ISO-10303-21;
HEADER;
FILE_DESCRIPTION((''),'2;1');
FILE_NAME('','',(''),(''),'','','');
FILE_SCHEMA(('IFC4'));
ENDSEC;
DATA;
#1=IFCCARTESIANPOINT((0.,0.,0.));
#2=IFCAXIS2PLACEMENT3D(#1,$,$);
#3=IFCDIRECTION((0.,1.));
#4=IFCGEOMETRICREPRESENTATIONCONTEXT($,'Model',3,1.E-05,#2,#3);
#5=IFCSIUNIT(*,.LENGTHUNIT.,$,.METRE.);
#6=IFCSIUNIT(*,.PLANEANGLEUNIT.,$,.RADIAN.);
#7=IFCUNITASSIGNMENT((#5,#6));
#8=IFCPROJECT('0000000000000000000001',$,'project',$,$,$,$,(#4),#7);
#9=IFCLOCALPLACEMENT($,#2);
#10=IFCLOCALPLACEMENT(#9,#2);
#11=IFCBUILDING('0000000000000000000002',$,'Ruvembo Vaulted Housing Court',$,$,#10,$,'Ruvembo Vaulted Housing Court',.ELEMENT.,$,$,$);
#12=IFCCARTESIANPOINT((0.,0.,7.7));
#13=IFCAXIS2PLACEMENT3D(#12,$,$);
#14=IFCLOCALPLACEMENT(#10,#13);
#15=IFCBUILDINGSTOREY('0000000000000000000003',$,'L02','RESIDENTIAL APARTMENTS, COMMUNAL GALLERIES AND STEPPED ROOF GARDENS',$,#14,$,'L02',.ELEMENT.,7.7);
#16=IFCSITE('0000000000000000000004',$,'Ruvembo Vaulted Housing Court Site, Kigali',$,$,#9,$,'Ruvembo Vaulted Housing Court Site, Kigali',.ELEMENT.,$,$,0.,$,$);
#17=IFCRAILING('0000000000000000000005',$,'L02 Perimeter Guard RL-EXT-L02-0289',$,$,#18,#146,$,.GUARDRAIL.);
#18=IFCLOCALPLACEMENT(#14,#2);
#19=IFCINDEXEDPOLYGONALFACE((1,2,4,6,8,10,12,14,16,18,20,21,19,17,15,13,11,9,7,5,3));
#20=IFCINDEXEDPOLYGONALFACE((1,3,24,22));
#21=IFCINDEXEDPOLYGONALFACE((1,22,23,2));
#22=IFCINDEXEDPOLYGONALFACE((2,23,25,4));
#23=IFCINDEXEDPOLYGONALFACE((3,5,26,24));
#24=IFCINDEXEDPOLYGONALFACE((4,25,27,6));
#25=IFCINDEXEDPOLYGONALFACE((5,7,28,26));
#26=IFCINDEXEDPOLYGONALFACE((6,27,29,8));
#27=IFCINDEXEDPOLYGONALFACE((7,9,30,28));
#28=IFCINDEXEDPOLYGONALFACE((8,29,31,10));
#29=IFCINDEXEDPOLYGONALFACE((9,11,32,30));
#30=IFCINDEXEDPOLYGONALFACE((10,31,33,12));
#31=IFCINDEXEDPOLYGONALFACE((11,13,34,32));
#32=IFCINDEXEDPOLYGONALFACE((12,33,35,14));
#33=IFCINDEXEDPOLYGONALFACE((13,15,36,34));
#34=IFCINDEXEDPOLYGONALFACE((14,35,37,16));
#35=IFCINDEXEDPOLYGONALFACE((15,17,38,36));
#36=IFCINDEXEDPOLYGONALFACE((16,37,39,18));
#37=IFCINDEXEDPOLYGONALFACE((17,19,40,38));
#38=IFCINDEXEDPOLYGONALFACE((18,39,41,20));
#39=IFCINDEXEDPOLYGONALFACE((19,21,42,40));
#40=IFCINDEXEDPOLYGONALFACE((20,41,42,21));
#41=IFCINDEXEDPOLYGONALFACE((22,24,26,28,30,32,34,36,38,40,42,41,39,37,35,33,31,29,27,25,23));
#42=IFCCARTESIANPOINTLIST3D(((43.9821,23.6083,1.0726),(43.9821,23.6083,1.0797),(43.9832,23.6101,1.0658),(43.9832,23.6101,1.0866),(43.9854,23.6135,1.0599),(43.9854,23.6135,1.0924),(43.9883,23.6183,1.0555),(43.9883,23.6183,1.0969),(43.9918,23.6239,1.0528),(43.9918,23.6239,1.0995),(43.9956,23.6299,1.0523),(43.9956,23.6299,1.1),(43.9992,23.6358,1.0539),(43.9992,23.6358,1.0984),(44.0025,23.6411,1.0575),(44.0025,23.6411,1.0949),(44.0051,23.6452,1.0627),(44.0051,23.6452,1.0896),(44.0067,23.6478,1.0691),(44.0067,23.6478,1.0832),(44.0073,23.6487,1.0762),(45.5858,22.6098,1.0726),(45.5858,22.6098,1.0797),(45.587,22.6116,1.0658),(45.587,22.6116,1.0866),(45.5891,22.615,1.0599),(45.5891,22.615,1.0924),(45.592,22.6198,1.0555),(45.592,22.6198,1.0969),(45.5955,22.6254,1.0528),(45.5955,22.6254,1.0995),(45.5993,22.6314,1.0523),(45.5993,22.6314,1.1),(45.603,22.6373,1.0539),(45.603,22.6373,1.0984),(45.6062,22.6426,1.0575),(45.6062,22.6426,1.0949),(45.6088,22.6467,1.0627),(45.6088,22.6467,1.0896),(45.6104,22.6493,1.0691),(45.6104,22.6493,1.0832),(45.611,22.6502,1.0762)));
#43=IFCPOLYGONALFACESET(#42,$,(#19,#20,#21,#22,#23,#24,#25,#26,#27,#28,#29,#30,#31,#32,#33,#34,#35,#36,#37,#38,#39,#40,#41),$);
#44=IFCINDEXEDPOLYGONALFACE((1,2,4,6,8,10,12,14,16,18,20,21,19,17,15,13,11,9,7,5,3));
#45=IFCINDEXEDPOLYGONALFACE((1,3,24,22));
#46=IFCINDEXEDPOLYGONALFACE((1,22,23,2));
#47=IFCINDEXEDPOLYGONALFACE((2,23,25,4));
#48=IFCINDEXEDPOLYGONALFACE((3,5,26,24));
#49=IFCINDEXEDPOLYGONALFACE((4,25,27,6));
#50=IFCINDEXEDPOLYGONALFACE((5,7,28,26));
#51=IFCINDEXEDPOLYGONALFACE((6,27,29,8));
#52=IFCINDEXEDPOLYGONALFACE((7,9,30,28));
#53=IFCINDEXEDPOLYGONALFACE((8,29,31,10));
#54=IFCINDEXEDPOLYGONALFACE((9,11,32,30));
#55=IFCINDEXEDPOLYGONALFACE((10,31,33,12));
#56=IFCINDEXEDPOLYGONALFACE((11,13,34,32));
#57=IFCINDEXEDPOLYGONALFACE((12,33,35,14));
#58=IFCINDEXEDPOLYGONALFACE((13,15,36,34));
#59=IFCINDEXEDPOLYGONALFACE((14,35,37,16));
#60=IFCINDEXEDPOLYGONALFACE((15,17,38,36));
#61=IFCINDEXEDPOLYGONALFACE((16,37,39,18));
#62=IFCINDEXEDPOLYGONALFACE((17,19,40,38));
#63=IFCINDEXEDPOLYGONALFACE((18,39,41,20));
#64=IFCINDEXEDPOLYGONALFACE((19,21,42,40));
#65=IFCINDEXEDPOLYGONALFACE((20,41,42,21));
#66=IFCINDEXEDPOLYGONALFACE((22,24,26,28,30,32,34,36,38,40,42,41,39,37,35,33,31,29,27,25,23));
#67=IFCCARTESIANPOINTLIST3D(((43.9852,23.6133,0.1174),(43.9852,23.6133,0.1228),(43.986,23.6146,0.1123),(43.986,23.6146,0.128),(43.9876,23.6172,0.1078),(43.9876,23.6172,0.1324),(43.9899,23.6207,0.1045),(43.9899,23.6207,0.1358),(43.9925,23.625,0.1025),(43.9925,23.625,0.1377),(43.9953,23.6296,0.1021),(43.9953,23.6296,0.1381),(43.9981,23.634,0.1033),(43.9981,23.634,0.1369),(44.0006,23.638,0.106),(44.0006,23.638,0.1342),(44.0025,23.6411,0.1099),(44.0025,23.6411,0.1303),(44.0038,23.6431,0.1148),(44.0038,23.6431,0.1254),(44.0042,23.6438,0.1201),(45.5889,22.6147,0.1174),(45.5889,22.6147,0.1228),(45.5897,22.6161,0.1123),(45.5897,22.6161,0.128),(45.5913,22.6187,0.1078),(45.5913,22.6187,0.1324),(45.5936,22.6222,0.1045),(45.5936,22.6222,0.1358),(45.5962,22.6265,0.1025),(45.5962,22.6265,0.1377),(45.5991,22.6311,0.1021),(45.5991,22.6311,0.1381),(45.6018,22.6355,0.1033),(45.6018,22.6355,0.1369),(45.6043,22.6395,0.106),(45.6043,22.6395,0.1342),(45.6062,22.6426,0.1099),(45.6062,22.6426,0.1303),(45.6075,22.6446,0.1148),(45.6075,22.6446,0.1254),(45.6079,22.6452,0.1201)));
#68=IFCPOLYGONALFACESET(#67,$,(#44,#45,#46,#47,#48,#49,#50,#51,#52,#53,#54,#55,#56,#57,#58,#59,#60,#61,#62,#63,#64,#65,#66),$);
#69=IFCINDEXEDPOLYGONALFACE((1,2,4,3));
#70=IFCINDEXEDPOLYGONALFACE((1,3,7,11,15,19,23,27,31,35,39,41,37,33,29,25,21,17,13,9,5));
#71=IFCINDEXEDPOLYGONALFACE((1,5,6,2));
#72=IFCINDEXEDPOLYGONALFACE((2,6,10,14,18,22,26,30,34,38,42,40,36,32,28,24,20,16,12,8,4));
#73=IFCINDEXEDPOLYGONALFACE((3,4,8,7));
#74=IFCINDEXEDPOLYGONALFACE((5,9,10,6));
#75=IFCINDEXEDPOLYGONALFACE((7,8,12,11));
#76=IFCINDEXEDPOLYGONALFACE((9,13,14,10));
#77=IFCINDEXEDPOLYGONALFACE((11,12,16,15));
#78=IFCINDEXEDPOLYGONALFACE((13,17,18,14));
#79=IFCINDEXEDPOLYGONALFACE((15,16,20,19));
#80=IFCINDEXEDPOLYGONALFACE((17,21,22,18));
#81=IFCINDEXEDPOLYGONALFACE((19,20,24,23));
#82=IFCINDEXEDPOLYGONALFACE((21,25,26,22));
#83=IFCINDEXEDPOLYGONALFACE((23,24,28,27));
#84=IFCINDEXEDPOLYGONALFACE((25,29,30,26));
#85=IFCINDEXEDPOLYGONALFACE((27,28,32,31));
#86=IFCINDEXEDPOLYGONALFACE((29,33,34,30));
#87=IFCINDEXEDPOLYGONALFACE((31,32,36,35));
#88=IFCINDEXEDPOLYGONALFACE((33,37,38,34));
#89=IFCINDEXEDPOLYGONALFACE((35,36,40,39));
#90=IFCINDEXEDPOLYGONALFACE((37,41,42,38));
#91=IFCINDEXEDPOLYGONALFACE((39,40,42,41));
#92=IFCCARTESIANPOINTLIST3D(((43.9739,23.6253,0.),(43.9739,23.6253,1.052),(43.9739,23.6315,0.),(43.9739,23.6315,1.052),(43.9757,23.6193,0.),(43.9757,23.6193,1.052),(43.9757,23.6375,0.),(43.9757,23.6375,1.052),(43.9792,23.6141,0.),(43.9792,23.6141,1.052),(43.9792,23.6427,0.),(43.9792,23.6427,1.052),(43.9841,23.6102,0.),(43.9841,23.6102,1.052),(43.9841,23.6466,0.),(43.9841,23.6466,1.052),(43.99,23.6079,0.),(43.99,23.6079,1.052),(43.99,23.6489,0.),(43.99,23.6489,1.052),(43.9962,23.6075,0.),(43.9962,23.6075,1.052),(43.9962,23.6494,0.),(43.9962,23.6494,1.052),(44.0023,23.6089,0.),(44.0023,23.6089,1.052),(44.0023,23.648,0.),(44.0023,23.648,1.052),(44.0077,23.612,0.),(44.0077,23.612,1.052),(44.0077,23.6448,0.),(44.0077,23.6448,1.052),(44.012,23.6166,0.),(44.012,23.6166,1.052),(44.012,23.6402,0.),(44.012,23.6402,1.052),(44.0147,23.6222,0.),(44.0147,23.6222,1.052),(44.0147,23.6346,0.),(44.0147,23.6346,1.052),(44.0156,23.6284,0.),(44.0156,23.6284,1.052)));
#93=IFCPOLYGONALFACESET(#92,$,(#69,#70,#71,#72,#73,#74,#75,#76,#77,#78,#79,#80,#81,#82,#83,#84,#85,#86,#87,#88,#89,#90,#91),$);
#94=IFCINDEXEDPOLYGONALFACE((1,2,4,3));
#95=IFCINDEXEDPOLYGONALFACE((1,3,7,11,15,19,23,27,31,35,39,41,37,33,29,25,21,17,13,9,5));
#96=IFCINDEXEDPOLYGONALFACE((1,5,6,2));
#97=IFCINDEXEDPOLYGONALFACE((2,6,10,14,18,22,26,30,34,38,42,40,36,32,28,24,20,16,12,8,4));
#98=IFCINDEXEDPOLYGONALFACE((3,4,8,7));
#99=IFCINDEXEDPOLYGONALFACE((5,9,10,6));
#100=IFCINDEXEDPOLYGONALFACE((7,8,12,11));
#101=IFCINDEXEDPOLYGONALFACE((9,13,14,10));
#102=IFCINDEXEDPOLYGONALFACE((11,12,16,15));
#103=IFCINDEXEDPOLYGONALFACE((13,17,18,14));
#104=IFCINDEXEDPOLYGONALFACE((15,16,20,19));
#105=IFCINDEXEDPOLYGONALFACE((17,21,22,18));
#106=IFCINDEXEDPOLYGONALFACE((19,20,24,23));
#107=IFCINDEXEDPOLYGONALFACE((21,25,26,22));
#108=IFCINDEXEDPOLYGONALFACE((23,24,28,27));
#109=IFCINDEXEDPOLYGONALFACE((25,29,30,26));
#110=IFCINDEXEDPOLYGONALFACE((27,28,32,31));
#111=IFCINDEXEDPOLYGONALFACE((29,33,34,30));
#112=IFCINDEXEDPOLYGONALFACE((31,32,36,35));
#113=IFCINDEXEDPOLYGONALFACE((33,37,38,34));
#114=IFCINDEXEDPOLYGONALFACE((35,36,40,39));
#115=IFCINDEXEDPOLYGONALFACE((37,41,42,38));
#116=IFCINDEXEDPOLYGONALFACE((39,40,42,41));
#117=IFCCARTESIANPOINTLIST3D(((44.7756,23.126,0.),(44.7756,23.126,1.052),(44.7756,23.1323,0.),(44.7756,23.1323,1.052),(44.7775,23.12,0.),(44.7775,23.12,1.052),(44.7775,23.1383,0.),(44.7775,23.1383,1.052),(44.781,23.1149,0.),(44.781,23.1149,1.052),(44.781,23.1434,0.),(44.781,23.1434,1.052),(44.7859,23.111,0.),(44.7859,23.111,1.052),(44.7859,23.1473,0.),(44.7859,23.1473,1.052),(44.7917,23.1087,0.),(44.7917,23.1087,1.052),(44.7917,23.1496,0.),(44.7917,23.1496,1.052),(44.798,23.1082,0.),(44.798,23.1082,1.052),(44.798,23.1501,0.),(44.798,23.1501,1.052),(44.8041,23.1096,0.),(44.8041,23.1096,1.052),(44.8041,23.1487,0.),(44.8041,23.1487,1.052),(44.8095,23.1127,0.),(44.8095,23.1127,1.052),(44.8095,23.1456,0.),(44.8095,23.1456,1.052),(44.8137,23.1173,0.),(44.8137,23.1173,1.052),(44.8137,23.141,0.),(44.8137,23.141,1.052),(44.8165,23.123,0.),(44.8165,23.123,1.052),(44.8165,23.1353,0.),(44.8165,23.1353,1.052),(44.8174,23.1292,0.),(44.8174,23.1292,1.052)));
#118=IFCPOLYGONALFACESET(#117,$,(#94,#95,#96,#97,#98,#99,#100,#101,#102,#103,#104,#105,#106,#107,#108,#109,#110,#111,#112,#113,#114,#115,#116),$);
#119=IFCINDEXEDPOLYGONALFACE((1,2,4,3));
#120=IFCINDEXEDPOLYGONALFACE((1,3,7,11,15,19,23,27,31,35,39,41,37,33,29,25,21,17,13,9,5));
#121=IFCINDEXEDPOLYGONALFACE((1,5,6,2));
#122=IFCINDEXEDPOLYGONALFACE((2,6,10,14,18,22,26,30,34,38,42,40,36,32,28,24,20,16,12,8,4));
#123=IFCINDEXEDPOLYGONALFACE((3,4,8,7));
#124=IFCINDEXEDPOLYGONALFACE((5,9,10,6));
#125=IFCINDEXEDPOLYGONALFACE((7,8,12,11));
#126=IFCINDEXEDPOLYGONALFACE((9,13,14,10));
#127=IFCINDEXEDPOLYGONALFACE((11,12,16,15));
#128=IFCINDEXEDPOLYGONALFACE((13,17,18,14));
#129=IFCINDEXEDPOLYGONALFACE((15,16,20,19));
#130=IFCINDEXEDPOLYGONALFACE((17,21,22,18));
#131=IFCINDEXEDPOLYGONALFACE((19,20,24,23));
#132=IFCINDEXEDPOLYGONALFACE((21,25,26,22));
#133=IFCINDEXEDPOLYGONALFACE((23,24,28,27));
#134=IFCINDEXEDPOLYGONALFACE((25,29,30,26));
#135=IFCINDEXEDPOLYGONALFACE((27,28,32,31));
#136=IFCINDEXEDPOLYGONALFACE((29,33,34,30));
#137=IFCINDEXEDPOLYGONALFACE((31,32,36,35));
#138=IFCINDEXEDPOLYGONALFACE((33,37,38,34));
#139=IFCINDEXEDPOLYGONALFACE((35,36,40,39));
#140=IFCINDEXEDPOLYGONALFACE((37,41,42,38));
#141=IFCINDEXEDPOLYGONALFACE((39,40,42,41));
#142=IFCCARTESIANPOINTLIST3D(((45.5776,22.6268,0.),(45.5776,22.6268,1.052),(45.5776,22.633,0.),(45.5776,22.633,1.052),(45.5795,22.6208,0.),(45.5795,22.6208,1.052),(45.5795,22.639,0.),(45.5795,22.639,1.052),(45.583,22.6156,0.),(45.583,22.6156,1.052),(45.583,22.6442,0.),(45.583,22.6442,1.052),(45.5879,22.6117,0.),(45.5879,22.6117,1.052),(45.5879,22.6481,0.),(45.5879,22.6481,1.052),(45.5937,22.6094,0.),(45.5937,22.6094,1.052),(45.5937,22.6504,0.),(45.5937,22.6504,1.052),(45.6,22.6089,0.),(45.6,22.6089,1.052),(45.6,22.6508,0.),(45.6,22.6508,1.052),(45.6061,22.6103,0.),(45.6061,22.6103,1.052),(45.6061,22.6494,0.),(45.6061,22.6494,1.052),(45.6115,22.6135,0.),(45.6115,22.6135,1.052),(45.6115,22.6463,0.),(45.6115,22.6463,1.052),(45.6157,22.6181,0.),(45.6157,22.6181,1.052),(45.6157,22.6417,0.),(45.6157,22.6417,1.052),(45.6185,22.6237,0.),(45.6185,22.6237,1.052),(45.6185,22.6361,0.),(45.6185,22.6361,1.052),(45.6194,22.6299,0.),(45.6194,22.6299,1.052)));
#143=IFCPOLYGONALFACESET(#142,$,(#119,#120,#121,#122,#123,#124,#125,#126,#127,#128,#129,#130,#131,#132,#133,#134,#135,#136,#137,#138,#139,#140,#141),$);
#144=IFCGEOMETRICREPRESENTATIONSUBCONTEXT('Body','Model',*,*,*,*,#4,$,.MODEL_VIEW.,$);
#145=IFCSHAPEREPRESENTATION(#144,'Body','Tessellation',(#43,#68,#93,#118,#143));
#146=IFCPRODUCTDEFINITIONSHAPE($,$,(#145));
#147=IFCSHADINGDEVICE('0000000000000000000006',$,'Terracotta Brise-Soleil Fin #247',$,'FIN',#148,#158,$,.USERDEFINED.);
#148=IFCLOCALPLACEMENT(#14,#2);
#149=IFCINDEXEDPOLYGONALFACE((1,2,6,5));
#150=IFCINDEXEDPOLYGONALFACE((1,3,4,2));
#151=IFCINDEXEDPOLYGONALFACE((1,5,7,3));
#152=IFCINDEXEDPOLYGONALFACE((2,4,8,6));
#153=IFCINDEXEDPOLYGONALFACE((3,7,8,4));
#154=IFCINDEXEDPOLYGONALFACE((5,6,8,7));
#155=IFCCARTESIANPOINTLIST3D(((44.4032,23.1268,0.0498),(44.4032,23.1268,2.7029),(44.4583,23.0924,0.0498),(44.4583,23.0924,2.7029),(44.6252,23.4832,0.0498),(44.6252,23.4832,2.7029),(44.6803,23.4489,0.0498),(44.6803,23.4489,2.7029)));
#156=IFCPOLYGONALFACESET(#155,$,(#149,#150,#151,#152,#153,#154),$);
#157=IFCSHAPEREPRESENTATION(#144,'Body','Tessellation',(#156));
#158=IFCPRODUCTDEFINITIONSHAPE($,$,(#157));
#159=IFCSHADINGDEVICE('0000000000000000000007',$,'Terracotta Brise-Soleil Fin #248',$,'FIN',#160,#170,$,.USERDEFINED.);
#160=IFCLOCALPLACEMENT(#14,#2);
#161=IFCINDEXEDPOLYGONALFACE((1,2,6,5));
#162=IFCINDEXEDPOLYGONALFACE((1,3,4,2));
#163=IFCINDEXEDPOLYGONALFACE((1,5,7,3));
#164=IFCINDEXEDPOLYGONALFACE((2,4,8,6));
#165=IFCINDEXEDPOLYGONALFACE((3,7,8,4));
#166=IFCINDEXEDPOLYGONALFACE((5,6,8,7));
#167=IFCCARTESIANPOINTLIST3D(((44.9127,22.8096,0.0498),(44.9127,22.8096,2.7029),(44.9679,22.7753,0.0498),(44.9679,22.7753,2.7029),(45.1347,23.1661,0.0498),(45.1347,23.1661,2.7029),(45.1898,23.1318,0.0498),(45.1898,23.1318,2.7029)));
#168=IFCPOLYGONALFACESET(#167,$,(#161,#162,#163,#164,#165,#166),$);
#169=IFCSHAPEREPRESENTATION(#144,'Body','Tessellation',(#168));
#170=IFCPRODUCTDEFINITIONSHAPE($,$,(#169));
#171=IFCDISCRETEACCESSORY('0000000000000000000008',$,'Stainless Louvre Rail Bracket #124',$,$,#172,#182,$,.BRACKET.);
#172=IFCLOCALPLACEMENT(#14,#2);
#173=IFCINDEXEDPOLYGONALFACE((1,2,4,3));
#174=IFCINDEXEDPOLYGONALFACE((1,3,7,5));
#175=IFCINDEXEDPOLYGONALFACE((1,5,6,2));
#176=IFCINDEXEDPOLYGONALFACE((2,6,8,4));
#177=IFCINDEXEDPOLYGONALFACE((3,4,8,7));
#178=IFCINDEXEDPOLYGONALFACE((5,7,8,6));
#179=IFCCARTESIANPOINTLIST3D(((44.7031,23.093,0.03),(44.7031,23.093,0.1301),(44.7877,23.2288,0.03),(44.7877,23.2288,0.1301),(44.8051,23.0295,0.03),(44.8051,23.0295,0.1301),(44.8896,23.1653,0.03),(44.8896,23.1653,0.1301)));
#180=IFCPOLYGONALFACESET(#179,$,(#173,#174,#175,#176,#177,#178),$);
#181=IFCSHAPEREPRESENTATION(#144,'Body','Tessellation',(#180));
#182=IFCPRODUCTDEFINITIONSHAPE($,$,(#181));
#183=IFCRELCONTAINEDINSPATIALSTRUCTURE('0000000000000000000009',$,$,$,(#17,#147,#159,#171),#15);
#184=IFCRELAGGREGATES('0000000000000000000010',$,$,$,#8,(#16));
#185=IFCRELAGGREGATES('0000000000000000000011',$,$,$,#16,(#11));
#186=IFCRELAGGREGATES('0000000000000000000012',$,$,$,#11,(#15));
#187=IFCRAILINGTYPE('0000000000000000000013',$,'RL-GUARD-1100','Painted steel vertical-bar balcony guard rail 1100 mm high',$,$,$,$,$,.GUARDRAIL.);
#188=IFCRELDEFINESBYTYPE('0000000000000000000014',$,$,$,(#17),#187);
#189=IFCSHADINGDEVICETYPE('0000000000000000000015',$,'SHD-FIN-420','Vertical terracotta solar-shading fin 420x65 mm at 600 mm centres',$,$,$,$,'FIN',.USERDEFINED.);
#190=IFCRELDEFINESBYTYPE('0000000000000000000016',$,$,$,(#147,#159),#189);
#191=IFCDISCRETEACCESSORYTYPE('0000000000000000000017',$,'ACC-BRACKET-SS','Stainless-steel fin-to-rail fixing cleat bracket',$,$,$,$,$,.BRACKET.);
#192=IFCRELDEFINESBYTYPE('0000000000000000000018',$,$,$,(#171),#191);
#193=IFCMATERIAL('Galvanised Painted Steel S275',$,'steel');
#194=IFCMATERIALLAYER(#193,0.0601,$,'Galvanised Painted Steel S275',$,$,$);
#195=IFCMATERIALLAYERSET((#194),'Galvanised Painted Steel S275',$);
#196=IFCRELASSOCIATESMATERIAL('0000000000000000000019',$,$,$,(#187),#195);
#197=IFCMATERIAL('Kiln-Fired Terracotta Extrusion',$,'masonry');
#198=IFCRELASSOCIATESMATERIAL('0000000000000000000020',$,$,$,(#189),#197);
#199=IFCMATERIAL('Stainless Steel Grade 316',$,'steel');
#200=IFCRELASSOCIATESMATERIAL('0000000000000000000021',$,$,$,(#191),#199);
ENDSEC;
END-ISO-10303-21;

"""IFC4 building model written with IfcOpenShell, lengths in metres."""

from ifc_helpers import new_model, si_unit, direction, frame, origin, origin_2d, place, context, subcontext, project, spatial, rectangle, circle, extrude, material, layer, layer_set, type_object, element, save


model = new_model("IFC4")

# Units and contexts
model_context = context("Model", 3, precision=1e-05, world=origin(), true_north=direction((0.0, 1.0)))
body_context = subcontext(model_context, "Body", "Model", "MODEL_VIEW")
ifc_project = project(units=[si_unit("LENGTHUNIT", "METRE"), si_unit("PLANEANGLEUNIT", "RADIAN")], contexts=[model_context])

# Site, building, storey
site_placement = place(None, origin())
site = spatial("IfcSite", under=ifc_project, at=site_placement, Name="Ruvembo Vaulted Housing Court Site, Kigali", LongName="Ruvembo Vaulted Housing Court Site, Kigali", CompositionType="ELEMENT", RefElevation=0.0)
building_placement = place(site_placement, origin())
building = spatial("IfcBuilding", under=site, at=building_placement, Name="Ruvembo Vaulted Housing Court", LongName="Ruvembo Vaulted Housing Court", CompositionType="ELEMENT")
storey_placement = place(building_placement, frame((0.0, 0.0, 7.7)))
storey = spatial("IfcBuildingStorey", under=building, at=storey_placement, Name="L02", Description="RESIDENTIAL APARTMENTS, COMMUNAL GALLERIES AND STEPPED ROOF GARDENS", LongName="L02", CompositionType="ELEMENT", Elevation=7.7)

# Railing
ifc_material_1 = material(Name="Galvanised Painted Steel S275", Category="steel")
ifc_layer_1 = layer(ifc_material_1, 0.0601, Name="Galvanised Painted Steel S275")
ifc_layer_set_1 = layer_set([ifc_layer_1], Name="Galvanised Painted Steel S275")
railing_type = type_object("IfcRailingType", Name="RL-GUARD-1100", Description="Painted steel vertical-bar balcony guard rail 1100 mm high", PredefinedType="GUARDRAIL", material=ifc_layer_set_1)
railing_1_placement = place(storey_placement, frame((43.9946, 23.6284, 0.0)))
element("IfcRailing", 1, at=railing_1_placement, inside=storey, type_object=railing_type, Name="L02 Perimeter Guard RL-EXT-L02-0289", PredefinedType="GUARDRAIL", context=body_context, shape_type="SweptSolid", body=[
    extrude(circle(Radius=0.0239, at=origin_2d()), frame((0.0, 0.0, 1.0762), z_axis=(0.848905, -0.528546, 0.0), x_axis=(0.528546, 0.848905, 0.0)), (0.0, 0.0, 1.0), 1.8892),
    extrude(circle(Radius=0.0181, at=origin_2d()), frame((0.0, 0.0, 0.1201), z_axis=(0.848905, -0.528546, 0.0), x_axis=(0.528546, 0.848905, 0.0)), (0.0, 0.0, 1.0), 1.8892),
    extrude(circle(Radius=0.021, at=origin_2d()), origin(), (0.0, 0.0, 1.0), 1.052),
    extrude(circle(Radius=0.021, at=origin_2d()), frame((0.8018, -0.4993, 0.0)), (0.0, 0.0, 1.0), 1.052),
    extrude(circle(Radius=0.021, at=origin_2d()), frame((1.6038, -0.9985, 0.0)), (0.0, 0.0, 1.0), 1.052),
])

# Shading devices
ifc_material_2 = material(Name="Kiln-Fired Terracotta Extrusion", Category="masonry")
shading_device_type = type_object("IfcShadingDeviceType", Name="SHD-FIN-420", Description="Vertical terracotta solar-shading fin 420x65 mm at 600 mm centres", ElementType="FIN", PredefinedType="USERDEFINED", material=ifc_material_2)
for number, where, z_axis, x_axis, name in (
    (2, (44.5417, 23.2878, 0.0498), (0.0, 0.0, 1.0), (-0.528557, -0.848898, 0.0), "Terracotta Brise-Soleil Fin #247"),
    (3, (45.0513, 22.9707, 0.0498), (0.0, 0.0, 1.0), (-0.528557, -0.848898, 0.0), "Terracotta Brise-Soleil Fin #248"),
):
    element("IfcShadingDevice", number, at=place(storey_placement, frame(where, z_axis=z_axis, x_axis=x_axis)), inside=storey, type_object=shading_device_type, Name=name, ObjectType="FIN", PredefinedType="USERDEFINED", context=body_context, shape_type="SweptSolid", body=[
        extrude(rectangle(XDim=0.4199, YDim=0.0649, at=origin_2d()), origin(), (0.0, 0.0, 1.0), 2.6531),
    ])

# Discrete accessory
ifc_material_3 = material(Name="Stainless Steel Grade 316", Category="steel")
discrete_accessory_type = type_object("IfcDiscreteAccessoryType", Name="ACC-BRACKET-SS", Description="Stainless-steel fin-to-rail fixing cleat bracket", PredefinedType="BRACKET", material=ifc_material_3)
discrete_accessory_placement = place(storey_placement, frame((44.7964, 23.1292, 0.03), z_axis=(0.0, 0.0, 1.0), x_axis=(-0.528557, -0.848898, 0.0)))
element("IfcDiscreteAccessory", 4, at=discrete_accessory_placement, inside=storey, type_object=discrete_accessory_type, Name="Stainless Louvre Rail Bracket #124", PredefinedType="BRACKET", context=body_context, shape_type="SweptSolid", body=[
    extrude(rectangle(XDim=0.1599, YDim=0.1201, at=origin_2d()), origin(), (0.0, 0.0, 1.0), 0.1001),
])

save(model, "model.ifc")
